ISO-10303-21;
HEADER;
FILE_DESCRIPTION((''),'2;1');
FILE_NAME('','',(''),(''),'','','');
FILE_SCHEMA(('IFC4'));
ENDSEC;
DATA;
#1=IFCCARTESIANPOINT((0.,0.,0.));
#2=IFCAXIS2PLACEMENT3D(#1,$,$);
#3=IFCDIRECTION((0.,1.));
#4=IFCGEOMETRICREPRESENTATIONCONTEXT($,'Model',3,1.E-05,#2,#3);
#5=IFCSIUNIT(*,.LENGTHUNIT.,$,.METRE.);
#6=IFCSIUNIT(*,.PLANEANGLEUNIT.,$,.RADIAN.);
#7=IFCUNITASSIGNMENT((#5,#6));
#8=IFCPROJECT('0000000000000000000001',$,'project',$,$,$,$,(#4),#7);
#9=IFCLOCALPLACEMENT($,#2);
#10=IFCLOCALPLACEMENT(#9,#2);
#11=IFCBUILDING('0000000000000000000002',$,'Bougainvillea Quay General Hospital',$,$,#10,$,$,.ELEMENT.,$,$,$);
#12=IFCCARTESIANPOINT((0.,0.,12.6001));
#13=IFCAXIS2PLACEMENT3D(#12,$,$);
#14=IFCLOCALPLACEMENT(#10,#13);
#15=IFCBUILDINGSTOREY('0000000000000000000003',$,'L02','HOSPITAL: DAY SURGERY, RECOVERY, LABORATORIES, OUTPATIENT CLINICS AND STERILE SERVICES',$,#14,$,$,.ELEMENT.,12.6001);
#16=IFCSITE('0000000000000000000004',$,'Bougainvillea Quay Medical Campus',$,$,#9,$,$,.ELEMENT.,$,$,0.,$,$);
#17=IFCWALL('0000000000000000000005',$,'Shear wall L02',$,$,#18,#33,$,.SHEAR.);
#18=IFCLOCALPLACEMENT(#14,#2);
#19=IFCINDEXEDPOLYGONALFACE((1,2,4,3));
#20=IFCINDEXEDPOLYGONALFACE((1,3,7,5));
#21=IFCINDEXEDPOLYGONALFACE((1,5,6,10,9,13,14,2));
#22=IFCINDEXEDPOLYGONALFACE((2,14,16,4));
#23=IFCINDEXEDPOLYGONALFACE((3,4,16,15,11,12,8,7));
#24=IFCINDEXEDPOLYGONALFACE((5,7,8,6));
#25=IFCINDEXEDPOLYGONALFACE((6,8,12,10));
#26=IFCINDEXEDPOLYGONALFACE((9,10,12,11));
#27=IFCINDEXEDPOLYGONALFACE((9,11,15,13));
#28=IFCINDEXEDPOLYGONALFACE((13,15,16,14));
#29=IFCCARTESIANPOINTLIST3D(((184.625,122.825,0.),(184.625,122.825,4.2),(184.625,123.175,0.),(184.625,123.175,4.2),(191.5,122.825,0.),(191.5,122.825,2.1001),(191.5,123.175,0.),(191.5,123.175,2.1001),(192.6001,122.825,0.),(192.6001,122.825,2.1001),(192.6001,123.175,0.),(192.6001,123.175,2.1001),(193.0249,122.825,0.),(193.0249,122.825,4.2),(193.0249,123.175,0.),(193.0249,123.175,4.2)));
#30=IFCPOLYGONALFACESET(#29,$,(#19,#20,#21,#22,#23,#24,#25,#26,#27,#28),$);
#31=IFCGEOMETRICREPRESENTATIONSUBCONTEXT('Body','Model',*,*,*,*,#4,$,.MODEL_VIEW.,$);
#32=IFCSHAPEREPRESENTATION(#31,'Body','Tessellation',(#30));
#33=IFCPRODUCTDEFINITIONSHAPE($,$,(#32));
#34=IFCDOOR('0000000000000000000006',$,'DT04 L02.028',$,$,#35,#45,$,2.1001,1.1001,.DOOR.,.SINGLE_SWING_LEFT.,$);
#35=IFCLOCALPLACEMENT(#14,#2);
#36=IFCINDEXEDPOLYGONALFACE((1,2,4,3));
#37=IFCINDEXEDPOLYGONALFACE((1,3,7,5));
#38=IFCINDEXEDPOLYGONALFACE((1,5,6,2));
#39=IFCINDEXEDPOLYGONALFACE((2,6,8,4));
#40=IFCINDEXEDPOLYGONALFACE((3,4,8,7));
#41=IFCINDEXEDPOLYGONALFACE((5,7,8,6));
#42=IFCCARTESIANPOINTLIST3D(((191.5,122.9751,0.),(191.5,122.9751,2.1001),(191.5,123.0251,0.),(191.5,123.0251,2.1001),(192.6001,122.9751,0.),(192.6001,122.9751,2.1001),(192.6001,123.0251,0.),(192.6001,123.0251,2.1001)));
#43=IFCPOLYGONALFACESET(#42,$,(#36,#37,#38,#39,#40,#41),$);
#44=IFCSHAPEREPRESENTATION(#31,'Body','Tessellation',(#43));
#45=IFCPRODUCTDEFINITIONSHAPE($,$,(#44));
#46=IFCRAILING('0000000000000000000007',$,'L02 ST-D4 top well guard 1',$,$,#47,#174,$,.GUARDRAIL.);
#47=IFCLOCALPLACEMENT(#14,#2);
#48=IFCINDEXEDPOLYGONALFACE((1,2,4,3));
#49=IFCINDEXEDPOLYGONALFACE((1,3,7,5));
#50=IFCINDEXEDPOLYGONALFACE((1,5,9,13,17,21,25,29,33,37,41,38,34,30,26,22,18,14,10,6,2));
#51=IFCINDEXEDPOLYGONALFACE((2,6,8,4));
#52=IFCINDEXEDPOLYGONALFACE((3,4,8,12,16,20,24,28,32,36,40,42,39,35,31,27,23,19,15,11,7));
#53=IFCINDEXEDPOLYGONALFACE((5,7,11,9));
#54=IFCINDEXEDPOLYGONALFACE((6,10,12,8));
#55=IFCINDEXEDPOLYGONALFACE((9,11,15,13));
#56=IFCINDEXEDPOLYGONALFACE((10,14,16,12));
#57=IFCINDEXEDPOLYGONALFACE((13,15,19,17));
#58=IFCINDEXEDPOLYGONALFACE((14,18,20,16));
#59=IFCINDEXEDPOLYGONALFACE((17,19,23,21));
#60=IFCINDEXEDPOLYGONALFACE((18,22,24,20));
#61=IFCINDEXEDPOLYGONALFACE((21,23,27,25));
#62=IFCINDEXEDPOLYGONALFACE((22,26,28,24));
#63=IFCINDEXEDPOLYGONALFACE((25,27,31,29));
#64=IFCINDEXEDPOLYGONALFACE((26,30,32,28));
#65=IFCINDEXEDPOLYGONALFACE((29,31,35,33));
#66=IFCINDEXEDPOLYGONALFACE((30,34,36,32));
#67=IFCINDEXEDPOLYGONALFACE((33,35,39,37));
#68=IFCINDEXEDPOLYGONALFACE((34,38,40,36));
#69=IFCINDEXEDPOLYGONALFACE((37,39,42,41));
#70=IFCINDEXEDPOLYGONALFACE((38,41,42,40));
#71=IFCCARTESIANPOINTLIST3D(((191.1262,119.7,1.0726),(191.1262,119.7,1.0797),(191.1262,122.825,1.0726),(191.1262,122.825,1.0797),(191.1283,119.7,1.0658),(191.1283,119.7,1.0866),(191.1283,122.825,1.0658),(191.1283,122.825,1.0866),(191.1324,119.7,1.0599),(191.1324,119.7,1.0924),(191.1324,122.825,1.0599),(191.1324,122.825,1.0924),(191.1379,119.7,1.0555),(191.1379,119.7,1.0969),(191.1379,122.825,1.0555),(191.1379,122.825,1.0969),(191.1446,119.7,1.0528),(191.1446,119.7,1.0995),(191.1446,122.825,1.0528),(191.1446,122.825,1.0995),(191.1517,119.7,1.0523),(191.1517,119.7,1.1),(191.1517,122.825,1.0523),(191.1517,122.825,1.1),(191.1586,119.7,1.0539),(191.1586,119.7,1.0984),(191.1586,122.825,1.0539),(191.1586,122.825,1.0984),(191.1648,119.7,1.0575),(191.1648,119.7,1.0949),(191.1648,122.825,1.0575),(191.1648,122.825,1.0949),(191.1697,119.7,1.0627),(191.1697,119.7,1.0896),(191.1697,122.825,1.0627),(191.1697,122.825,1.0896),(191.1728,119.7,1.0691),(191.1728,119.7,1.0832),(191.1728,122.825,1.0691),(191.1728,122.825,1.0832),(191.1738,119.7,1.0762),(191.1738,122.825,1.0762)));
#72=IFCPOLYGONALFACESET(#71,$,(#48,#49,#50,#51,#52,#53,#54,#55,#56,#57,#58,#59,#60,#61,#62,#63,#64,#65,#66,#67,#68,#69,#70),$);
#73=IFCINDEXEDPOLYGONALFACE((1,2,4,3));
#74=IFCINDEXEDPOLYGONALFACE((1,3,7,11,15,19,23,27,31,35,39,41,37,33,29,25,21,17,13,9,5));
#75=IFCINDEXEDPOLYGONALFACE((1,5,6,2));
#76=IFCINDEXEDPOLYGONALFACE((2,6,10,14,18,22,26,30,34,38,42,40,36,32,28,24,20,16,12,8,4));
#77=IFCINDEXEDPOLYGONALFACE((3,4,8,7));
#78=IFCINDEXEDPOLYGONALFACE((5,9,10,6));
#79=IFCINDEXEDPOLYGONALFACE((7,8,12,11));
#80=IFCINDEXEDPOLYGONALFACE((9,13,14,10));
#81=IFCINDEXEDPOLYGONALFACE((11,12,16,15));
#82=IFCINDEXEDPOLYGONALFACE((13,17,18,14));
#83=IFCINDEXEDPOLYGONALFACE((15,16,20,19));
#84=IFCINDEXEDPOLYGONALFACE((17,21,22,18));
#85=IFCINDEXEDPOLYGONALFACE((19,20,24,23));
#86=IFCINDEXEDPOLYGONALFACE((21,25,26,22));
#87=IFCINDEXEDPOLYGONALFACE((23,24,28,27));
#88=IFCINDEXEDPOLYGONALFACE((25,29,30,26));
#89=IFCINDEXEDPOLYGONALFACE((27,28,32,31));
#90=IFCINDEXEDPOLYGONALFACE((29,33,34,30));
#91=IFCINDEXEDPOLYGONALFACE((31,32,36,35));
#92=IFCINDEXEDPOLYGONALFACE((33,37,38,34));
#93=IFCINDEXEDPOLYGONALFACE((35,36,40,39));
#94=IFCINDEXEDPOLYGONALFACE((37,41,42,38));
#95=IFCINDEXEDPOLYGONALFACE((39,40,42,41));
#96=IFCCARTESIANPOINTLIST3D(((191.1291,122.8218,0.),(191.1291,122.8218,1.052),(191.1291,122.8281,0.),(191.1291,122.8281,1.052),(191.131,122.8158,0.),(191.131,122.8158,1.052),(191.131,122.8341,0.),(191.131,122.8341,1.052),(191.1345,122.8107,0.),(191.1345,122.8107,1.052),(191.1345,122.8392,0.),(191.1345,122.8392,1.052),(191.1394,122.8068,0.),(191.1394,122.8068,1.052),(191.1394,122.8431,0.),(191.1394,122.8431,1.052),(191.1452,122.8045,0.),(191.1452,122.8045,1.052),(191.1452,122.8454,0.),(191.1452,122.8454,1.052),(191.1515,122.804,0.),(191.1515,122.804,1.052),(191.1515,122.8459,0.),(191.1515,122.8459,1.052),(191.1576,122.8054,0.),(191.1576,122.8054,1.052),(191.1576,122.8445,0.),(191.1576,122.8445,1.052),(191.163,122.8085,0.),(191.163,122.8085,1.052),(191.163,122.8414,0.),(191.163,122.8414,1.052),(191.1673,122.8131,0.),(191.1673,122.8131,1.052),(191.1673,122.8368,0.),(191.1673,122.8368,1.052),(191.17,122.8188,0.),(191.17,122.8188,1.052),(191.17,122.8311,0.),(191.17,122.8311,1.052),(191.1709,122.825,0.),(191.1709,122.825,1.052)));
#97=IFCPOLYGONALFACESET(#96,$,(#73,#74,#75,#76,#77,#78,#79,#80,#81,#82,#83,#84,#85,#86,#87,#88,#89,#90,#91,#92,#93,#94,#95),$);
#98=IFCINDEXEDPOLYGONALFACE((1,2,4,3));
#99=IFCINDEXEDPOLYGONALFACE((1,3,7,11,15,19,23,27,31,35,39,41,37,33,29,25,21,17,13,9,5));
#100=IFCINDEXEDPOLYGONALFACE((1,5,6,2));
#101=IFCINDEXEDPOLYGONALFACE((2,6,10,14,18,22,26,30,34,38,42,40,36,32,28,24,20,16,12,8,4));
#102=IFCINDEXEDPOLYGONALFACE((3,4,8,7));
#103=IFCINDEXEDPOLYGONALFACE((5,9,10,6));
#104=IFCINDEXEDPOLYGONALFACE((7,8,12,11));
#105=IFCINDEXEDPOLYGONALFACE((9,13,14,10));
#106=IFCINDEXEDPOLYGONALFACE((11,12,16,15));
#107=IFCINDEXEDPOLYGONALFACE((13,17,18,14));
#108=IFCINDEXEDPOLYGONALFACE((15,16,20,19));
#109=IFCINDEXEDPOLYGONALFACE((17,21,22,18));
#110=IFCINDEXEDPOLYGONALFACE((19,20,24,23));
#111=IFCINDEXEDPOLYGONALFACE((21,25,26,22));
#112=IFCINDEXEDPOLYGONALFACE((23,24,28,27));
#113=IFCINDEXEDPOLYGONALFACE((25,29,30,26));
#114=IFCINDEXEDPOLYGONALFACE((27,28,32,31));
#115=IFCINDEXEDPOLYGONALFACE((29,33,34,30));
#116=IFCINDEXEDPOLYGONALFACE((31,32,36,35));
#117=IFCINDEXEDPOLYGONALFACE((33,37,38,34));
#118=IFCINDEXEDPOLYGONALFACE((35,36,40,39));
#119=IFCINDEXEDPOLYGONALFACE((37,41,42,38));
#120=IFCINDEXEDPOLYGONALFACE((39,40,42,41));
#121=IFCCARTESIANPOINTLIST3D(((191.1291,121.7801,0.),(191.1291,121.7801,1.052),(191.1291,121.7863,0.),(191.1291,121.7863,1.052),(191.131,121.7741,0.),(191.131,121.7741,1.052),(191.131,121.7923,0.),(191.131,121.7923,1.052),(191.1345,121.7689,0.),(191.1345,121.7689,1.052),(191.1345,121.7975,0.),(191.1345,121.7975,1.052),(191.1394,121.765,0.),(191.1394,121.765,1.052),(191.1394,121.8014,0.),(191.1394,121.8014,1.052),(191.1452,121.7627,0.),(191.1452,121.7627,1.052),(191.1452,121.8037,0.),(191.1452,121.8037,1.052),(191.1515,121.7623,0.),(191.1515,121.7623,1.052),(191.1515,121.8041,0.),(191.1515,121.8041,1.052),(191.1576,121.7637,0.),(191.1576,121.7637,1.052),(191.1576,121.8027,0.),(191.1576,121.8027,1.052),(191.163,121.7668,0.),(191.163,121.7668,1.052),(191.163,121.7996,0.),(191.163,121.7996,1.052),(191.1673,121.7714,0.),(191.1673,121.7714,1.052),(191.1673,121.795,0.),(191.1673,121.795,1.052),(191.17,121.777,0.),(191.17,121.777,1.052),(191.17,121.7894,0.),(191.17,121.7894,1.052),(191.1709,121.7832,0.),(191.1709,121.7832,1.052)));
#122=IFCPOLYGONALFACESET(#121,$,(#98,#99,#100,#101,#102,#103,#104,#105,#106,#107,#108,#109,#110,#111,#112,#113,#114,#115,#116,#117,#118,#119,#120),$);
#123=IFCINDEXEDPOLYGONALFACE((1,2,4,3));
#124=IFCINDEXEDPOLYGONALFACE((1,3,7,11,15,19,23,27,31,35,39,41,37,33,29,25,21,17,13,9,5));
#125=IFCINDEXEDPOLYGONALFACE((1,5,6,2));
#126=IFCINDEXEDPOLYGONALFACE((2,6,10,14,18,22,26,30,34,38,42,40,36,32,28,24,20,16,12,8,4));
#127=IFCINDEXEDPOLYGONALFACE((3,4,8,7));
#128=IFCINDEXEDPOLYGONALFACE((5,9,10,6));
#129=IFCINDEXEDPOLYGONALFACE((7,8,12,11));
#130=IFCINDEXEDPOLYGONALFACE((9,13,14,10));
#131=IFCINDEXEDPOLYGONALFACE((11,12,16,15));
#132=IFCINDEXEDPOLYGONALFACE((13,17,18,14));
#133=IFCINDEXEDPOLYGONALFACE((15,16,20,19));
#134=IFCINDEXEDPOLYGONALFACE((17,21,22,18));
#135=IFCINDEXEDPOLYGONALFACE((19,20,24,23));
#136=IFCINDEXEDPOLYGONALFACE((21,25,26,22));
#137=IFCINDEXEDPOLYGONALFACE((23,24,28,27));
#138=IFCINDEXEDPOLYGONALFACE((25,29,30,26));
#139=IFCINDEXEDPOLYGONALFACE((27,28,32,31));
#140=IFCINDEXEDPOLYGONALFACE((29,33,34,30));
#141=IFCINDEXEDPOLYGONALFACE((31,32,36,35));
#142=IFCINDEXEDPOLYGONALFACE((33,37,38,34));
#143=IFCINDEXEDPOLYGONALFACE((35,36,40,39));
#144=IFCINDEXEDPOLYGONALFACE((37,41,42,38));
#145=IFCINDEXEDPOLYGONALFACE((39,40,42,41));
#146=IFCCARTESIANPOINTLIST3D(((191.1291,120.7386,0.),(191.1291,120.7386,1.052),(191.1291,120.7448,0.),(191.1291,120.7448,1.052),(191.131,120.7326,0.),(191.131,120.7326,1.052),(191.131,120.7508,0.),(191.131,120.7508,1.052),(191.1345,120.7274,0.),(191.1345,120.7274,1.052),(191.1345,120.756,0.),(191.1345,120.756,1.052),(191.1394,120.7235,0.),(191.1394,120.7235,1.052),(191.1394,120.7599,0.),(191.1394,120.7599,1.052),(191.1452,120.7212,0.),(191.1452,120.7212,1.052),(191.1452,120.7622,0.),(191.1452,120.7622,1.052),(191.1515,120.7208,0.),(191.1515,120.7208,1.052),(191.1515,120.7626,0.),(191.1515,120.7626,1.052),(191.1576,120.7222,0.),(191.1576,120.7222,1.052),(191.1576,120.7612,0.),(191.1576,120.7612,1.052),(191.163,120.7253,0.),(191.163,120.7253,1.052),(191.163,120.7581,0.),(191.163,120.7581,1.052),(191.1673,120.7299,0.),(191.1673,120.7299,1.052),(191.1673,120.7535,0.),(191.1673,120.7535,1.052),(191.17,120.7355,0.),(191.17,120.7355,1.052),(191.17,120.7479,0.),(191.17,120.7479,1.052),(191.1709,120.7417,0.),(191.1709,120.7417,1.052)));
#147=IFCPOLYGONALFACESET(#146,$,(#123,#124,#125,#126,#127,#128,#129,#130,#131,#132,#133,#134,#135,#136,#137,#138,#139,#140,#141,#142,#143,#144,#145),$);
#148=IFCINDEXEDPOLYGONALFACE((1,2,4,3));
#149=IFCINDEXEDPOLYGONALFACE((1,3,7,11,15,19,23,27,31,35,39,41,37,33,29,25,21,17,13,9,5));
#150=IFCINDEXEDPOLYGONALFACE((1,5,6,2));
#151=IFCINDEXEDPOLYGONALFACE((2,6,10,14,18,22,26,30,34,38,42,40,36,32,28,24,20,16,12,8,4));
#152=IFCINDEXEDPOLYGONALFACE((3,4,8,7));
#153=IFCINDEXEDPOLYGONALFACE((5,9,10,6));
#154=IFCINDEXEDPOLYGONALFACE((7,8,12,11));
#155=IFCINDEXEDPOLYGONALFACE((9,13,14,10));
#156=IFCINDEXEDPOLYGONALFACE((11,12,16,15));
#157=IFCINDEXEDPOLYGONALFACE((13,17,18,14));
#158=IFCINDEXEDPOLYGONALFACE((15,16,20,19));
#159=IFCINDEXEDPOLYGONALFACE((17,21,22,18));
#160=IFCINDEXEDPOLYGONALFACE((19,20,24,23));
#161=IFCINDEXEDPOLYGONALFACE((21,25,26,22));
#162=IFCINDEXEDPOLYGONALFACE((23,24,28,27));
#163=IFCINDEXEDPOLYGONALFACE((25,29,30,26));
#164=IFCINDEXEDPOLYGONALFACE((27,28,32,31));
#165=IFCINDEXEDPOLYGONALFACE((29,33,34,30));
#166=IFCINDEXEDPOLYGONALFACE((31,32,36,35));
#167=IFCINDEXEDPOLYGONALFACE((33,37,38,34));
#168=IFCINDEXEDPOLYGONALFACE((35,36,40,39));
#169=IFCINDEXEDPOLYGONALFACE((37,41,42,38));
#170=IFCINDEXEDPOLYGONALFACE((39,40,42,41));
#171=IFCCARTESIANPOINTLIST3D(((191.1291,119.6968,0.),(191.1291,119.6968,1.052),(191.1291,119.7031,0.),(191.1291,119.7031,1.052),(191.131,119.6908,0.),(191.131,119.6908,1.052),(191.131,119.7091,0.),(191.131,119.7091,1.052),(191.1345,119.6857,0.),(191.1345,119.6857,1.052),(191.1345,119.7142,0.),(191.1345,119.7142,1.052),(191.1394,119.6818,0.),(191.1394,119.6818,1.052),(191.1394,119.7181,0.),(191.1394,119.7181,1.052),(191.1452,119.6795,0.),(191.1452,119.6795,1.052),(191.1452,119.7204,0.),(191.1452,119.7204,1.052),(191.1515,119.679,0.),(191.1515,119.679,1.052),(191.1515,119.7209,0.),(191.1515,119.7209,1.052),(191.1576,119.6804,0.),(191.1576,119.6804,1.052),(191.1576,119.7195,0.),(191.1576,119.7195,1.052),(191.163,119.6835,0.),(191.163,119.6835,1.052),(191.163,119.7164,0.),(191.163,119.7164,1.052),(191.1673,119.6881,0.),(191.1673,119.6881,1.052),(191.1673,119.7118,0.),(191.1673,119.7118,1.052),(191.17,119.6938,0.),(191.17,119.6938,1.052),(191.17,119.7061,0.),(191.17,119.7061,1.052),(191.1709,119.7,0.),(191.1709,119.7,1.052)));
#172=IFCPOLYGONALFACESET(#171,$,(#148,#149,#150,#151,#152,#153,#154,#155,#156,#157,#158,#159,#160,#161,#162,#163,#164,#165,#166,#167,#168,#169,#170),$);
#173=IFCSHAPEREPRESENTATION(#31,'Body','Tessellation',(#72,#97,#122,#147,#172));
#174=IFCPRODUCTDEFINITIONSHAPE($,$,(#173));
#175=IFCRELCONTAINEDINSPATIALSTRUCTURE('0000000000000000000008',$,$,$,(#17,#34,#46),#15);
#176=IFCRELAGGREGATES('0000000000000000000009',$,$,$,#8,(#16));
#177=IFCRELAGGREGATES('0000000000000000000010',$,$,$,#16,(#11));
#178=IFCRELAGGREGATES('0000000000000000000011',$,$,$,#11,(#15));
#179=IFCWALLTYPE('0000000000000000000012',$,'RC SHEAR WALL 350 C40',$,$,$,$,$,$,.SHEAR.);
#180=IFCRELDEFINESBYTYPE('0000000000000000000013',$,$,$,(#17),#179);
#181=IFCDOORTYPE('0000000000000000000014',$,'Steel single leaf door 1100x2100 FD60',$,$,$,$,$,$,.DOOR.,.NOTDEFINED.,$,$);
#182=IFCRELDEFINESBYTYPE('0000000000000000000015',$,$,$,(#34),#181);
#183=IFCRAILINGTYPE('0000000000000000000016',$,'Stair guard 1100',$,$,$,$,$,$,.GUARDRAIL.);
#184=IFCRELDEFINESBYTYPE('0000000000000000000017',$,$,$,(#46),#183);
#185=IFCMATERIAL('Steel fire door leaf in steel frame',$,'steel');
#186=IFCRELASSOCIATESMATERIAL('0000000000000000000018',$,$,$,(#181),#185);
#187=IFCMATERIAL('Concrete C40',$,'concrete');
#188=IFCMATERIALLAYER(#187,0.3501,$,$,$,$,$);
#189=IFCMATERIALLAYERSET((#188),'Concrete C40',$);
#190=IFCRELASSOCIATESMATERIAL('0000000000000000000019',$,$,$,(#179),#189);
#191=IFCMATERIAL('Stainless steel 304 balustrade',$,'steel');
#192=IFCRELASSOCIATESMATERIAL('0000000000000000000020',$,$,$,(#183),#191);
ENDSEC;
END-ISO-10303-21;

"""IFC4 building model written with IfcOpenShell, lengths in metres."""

from ifc_helpers import new_model, si_unit, direction, frame, frame_2d, origin, origin_2d, place, context, subcontext, project, spatial, rectangle, circle, extrude, material, layer, layer_set, type_object, element, fill, save


model = new_model("IFC4")

# Units and contexts
model_context = context("Model", 3, precision=1e-05, world=origin(), true_north=direction((0.0, 1.0)))
body_context = subcontext(model_context, "Body", "Model", "MODEL_VIEW")
ifc_project = project(units=[si_unit("LENGTHUNIT", "METRE"), si_unit("PLANEANGLEUNIT", "RADIAN")], contexts=[model_context])

# Site, building, storey
site_placement = place(None, origin())
site = spatial("IfcSite", under=ifc_project, at=site_placement, Name="Bougainvillea Quay Medical Campus", CompositionType="ELEMENT", RefElevation=0.0)
building_placement = place(site_placement, origin())
building = spatial("IfcBuilding", under=site, at=building_placement, Name="Bougainvillea Quay General Hospital", CompositionType="ELEMENT")
storey_placement = place(building_placement, frame((0.0, 0.0, 12.6001)))
storey = spatial("IfcBuildingStorey", under=building, at=storey_placement, Name="L02", Description="HOSPITAL: DAY SURGERY, RECOVERY, LABORATORIES, OUTPATIENT CLINICS AND STERILE SERVICES", CompositionType="ELEMENT", Elevation=12.6001)

# Shared definitions
ifc_material_1 = material(Name="Concrete C40", Category="concrete")

# Shared definitions
ifc_material_2 = material(Name="Steel fire door leaf in steel frame", Category="steel")
door_type_1 = type_object("IfcDoorType", Name="Steel single leaf door 1100x2100 FD60", OperationType="NOTDEFINED", PredefinedType="DOOR", material=ifc_material_2)

# Wall, opening, door
ifc_layer_1 = layer(ifc_material_1, 0.3501)
ifc_layer_set_1 = layer_set([ifc_layer_1], Name="Concrete C40")
wall_type_1 = type_object("IfcWallType", Name="RC SHEAR WALL 350 C40", PredefinedType="SHEAR", material=ifc_layer_set_1)
wall_1_placement = place(storey_placement, frame((184.625, 123.0, 0.0), z_axis=(0.0, 0.0, 1.0), x_axis=(1.0, 0.0, 0.0)))
wall_1 = element("IfcWall", 1, at=wall_1_placement, inside=storey, type_object=wall_type_1, Name="Shear wall L02", PredefinedType="SHEAR", context=body_context, shape_type="SweptSolid", body=[
    extrude(rectangle(XDim=8.3999, YDim=0.3501, at=frame_2d((4.2, 0.0))), origin(), (0.0, 0.0, 1.0), 4.2),
])
opening_1_placement = place(wall_1_placement, frame((6.875, 0.0, 0.0)))
opening_1 = element("IfcOpeningElement", 2, at=opening_1_placement, cuts=wall_1, PredefinedType="OPENING", context=body_context, shape_type="SweptSolid", body=[
    extrude(rectangle(XDim=1.1001, YDim=2.1001, at=frame_2d((0.55, 1.05))), frame((0.0, 0.1851, 0.0), z_axis=(0.0, -1.0, 0.0), x_axis=(1.0, 0.0, 0.0)), (0.0, 0.0, 1.0), 0.3701),
])
door_1_placement = place(opening_1_placement, frame((1.1001, 0.0, 0.0), z_axis=(0.0, 0.0, 1.0), x_axis=(-1.0, 0.0, 0.0)))
door_1 = element("IfcDoor", 3, at=door_1_placement, inside=storey, type_object=door_type_1, Name="DT04 L02.028", OperationType="SINGLE_SWING_LEFT", OverallHeight=2.1001, OverallWidth=1.1001, PredefinedType="DOOR", context=body_context, shape_type="SweptSolid", body=[
    extrude(rectangle(XDim=1.1001, YDim=2.1001, at=frame_2d((0.55, 1.05))), frame((0.0, 0.0249, 0.0), z_axis=(0.0, -1.0, 0.0), x_axis=(1.0, 0.0, 0.0)), (0.0, 0.0, 1.0), 0.05),
])
fill(opening_1, door_1)

# Railing
ifc_material_3 = material(Name="Stainless steel 304 balustrade", Category="steel")
railing_type = type_object("IfcRailingType", Name="Stair guard 1100", PredefinedType="GUARDRAIL", material=ifc_material_3)
railing_placement = place(storey_placement, frame((191.1499, 122.825, 0.0)))
element("IfcRailing", 4, at=railing_placement, inside=storey, type_object=railing_type, Name="L02 ST-D4 top well guard 1", PredefinedType="GUARDRAIL", context=body_context, shape_type="SweptSolid", body=[
    extrude(circle(Radius=0.0239, at=origin_2d()), frame((0.0, 0.0, 1.0762), z_axis=(0.0, -1.0, 0.0), x_axis=(1.0, 0.0, 0.0)), (0.0, 0.0, 1.0), 3.125),
    extrude(circle(Radius=0.021, at=origin_2d()), origin(), (0.0, 0.0, 1.0), 1.052),
    extrude(circle(Radius=0.021, at=origin_2d()), frame((0.0, -1.0417, 0.0)), (0.0, 0.0, 1.0), 1.052),
    extrude(circle(Radius=0.021, at=origin_2d()), frame((0.0, -2.0833, 0.0)), (0.0, 0.0, 1.0), 1.052),
    extrude(circle(Radius=0.021, at=origin_2d()), frame((0.0, -3.125, 0.0)), (0.0, 0.0, 1.0), 1.052),
])

save(model, "model.ifc")
